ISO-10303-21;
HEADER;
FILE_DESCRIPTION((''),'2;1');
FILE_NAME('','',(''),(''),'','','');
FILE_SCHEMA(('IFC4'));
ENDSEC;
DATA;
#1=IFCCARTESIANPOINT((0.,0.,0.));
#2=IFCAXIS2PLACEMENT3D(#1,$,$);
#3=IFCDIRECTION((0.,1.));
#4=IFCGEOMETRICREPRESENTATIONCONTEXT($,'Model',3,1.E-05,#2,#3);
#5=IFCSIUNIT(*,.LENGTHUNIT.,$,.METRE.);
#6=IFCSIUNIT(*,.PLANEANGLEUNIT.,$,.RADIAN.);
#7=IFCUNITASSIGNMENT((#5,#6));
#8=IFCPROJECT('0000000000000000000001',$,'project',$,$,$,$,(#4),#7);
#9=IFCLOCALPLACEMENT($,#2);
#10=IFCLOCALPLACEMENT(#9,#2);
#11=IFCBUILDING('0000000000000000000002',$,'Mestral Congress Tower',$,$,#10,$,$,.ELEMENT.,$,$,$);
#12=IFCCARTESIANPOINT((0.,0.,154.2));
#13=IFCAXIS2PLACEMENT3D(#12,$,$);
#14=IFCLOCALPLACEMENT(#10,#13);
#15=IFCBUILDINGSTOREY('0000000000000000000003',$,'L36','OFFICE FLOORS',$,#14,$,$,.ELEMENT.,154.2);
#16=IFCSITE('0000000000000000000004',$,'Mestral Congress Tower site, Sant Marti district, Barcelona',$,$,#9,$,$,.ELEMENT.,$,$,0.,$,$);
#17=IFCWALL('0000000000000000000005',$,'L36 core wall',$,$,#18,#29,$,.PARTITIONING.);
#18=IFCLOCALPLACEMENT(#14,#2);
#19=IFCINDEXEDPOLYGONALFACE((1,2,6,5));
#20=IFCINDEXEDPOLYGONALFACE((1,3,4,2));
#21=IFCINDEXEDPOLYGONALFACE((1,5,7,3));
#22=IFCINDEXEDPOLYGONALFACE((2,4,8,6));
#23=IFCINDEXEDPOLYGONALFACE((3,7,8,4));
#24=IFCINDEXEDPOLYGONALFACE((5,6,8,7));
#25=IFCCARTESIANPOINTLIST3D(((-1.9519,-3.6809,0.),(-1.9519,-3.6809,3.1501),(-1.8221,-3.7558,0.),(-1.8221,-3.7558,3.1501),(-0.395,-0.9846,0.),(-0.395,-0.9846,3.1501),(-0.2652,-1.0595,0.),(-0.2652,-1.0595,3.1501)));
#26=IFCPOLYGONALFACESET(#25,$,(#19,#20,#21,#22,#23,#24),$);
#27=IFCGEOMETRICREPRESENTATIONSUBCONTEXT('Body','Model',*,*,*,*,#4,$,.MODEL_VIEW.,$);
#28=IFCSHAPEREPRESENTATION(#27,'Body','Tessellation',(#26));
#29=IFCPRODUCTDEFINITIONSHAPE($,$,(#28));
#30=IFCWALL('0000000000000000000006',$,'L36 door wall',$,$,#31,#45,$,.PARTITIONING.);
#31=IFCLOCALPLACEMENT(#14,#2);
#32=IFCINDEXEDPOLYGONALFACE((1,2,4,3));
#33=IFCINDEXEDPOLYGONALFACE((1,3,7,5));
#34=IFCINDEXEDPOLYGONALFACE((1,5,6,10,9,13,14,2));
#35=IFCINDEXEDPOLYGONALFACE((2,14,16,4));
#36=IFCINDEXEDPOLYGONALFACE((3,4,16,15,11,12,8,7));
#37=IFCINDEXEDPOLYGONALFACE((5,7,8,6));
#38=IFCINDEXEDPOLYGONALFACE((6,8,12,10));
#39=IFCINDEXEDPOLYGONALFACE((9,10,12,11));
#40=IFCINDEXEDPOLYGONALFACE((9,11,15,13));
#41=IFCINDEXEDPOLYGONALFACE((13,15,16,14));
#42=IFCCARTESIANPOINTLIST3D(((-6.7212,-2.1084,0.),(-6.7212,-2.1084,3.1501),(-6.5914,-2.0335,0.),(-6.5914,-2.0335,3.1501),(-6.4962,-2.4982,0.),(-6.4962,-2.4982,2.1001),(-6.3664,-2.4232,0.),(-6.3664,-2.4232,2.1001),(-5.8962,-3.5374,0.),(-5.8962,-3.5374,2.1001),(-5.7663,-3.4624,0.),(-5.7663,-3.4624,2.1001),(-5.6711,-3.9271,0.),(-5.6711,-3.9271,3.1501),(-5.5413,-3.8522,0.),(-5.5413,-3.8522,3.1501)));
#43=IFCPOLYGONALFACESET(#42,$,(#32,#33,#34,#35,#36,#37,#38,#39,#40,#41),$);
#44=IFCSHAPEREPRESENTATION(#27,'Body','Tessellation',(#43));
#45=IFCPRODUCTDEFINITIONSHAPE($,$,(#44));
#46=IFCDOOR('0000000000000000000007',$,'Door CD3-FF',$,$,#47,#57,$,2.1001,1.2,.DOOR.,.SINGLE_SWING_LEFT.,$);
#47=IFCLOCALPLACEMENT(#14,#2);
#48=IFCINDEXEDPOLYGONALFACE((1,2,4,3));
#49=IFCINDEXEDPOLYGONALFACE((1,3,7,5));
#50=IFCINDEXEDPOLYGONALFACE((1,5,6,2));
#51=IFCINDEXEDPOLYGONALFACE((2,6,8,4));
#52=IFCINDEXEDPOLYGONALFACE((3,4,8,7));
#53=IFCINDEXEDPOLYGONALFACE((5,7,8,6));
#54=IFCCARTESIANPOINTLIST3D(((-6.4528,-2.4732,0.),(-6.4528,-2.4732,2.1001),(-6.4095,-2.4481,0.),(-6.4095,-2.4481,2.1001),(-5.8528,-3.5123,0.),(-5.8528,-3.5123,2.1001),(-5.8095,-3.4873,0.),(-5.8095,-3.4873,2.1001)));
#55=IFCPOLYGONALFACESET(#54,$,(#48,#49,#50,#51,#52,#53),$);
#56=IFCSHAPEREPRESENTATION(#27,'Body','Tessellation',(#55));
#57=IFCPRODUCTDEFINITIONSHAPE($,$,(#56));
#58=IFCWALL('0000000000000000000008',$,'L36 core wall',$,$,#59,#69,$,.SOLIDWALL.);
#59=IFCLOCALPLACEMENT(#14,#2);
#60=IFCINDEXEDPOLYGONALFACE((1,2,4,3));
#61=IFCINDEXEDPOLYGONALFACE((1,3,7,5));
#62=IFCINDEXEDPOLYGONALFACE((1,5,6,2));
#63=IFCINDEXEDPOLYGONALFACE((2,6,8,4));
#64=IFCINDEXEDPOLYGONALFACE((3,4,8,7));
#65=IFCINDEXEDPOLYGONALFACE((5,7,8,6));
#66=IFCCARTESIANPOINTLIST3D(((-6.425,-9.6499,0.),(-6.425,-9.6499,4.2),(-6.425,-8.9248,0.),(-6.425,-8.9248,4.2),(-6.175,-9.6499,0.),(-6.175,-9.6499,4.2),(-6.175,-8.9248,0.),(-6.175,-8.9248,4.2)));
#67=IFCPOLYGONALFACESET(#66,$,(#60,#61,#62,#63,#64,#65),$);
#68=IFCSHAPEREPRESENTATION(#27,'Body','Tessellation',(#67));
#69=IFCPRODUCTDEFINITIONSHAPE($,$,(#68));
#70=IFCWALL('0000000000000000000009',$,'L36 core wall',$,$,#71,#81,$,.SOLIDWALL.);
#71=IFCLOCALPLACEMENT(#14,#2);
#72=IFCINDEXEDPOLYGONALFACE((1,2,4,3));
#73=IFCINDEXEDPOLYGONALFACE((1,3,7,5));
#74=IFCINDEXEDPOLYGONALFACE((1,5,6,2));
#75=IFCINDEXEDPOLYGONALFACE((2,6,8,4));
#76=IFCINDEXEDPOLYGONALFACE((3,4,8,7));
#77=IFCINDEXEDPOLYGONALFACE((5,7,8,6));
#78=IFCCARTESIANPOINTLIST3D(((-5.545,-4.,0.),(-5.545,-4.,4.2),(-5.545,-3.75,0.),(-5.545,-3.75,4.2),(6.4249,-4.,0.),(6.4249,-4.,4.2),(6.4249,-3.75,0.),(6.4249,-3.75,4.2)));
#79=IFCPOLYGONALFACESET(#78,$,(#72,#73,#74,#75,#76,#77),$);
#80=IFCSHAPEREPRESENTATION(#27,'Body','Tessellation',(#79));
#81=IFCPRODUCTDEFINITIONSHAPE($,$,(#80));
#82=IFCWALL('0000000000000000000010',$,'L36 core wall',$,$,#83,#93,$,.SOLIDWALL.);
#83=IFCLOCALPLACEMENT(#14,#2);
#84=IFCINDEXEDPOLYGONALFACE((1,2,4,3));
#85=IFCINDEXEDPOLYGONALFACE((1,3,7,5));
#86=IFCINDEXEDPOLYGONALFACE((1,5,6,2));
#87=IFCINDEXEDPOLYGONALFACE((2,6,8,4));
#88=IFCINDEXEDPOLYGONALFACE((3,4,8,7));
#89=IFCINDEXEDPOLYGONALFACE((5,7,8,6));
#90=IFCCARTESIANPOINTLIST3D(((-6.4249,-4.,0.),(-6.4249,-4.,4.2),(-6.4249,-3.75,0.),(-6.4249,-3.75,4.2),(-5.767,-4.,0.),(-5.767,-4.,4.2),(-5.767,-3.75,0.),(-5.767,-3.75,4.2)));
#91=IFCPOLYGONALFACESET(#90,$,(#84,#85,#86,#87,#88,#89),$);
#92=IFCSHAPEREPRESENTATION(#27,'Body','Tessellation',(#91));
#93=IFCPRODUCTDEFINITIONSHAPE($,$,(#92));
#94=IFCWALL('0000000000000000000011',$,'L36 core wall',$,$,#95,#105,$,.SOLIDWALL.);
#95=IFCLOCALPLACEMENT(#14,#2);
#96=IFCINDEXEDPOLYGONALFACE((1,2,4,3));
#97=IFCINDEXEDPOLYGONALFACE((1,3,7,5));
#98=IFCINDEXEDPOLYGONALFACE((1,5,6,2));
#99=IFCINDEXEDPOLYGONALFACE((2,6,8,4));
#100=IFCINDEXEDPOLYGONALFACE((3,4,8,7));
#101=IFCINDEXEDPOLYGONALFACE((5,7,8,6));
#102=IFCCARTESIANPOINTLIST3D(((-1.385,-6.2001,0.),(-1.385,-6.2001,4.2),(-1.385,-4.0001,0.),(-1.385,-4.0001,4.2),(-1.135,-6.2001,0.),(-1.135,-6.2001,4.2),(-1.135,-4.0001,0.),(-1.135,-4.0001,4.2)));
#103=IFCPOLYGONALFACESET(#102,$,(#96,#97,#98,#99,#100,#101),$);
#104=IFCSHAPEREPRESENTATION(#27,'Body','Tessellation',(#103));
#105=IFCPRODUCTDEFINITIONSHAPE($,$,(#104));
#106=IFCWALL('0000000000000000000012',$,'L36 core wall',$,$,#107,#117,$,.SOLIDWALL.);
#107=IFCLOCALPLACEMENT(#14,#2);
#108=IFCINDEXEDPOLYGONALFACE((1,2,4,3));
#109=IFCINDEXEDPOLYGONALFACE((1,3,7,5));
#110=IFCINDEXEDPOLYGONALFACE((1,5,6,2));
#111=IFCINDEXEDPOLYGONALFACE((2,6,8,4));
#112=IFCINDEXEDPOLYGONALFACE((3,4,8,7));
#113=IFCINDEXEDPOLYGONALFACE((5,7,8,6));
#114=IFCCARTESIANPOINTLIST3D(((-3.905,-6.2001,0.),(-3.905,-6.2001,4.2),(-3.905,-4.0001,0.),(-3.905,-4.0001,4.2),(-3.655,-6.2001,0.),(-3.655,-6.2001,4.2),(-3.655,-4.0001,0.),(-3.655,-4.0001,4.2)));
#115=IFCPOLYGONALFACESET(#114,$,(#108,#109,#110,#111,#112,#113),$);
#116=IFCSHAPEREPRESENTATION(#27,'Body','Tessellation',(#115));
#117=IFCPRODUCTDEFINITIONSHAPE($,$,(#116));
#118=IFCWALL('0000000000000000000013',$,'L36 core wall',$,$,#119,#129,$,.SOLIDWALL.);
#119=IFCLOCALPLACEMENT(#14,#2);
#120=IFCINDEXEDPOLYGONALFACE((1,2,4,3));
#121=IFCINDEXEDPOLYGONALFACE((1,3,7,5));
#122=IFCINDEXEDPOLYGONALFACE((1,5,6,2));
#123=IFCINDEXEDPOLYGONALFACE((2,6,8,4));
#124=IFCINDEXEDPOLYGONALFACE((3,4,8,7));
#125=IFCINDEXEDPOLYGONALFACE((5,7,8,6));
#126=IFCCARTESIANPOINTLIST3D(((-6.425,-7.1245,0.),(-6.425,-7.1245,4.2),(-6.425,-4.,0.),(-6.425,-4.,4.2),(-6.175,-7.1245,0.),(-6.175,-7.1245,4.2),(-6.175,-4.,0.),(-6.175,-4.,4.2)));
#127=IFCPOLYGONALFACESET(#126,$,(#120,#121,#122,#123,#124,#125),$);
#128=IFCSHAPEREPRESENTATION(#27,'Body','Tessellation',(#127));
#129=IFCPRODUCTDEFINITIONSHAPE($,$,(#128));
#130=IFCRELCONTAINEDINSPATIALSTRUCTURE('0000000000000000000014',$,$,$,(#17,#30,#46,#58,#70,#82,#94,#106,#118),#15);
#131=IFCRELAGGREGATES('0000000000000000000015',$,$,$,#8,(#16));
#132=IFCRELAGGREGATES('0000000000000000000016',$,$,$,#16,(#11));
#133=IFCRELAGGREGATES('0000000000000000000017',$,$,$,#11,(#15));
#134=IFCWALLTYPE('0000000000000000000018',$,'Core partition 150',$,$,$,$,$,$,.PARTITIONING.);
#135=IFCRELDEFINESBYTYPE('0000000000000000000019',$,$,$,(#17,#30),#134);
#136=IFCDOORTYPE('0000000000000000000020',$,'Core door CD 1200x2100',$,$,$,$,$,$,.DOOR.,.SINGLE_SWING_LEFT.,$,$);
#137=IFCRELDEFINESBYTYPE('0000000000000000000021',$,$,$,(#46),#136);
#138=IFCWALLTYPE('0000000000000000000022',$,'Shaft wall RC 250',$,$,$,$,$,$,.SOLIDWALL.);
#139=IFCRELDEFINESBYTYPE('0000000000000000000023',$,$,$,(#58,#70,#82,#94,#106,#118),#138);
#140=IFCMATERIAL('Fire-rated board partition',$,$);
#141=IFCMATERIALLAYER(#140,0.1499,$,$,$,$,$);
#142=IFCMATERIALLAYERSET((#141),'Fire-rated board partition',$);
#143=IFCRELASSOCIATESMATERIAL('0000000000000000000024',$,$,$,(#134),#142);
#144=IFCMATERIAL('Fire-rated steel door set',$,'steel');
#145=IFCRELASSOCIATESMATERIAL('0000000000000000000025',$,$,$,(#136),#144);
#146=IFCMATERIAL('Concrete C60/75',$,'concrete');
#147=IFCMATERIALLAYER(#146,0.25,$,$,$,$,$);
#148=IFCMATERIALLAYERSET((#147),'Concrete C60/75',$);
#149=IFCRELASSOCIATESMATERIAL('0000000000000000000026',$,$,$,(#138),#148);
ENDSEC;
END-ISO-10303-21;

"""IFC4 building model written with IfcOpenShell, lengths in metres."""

from ifc_helpers import new_model, si_unit, direction, frame, frame_2d, origin, place, context, subcontext, project, spatial, rectangle, extrude, material, layer, layer_set, type_object, element, fill, save


model = new_model("IFC4")

# Units and contexts
model_context = context("Model", 3, precision=1e-05, world=origin(), true_north=direction((0.0, 1.0)))
body_context = subcontext(model_context, "Body", "Model", "MODEL_VIEW")
ifc_project = project(units=[si_unit("LENGTHUNIT", "METRE"), si_unit("PLANEANGLEUNIT", "RADIAN")], contexts=[model_context])

# Site, building, storey
site_placement = place(None, origin())
site = spatial("IfcSite", under=ifc_project, at=site_placement, Name="Mestral Congress Tower site, Sant Marti district, Barcelona", CompositionType="ELEMENT", RefElevation=0.0)
building_placement = place(site_placement, origin())
building = spatial("IfcBuilding", under=site, at=building_placement, Name="Mestral Congress Tower", CompositionType="ELEMENT")
storey_placement = place(building_placement, frame((0.0, 0.0, 154.2)))
storey = spatial("IfcBuildingStorey", under=building, at=storey_placement, Name="L36", Description="OFFICE FLOORS", CompositionType="ELEMENT", Elevation=154.2)

# Wall
ifc_material_1 = material(Name="Fire-rated board partition")
ifc_layer_1 = layer(ifc_material_1, 0.1499)
ifc_layer_set_1 = layer_set([ifc_layer_1], Name="Fire-rated board partition")
wall_type_1 = type_object("IfcWallType", Name="Core partition 150", PredefinedType="PARTITIONING", material=ifc_layer_set_1)
wall_1_placement = place(storey_placement, frame((-1.887, -3.7183, 0.0), z_axis=(0.0, 0.0, 1.0), x_axis=(0.500044, 0.866, 0.0)))
element("IfcWall", 1, at=wall_1_placement, inside=storey, type_object=wall_type_1, Name="L36 core wall", PredefinedType="PARTITIONING", context=body_context, shape_type="SweptSolid", body=[
    extrude(rectangle(XDim=3.1135, YDim=0.1499, at=frame_2d((1.5566, 0.0))), origin(), (0.0, 0.0, 1.0), 3.1501),
])

# Wall, opening, door
wall_2_placement = place(storey_placement, frame((-5.6062, -3.8896, 0.0), z_axis=(0.0, 0.0, 1.0), x_axis=(-0.500028, 0.866009, 0.0)))
wall_2 = element("IfcWall", 2, at=wall_2_placement, inside=storey, type_object=wall_type_1, Name="L36 door wall", PredefinedType="PARTITIONING", context=body_context, shape_type="SweptSolid", body=[
    extrude(rectangle(XDim=2.1001, YDim=0.1499, at=frame_2d((1.05, 0.0))), origin(), (0.0, 0.0, 1.0), 3.1501),
])
opening_1_placement = place(wall_2_placement, frame((0.45, 0.0, 0.0)))
opening_1 = element("IfcOpeningElement", 3, at=opening_1_placement, cuts=wall_2, PredefinedType="OPENING", context=body_context, shape_type="SweptSolid", body=[
    extrude(rectangle(XDim=1.2, YDim=2.1001, at=frame_2d((0.6001, 1.05))), frame((0.0, 0.085, 0.0), z_axis=(0.0, -1.0, 0.0), x_axis=(1.0, 0.0, 0.0)), (0.0, 0.0, 1.0), 0.1699),
])
ifc_material_2 = material(Name="Fire-rated steel door set", Category="steel")
door_type_1 = type_object("IfcDoorType", Name="Core door CD 1200x2100", OperationType="SINGLE_SWING_LEFT", PredefinedType="DOOR", material=ifc_material_2)
door_1_placement = place(opening_1_placement, origin())
door_1 = element("IfcDoor", 4, at=door_1_placement, inside=storey, type_object=door_type_1, Name="Door CD3-FF", OperationType="SINGLE_SWING_LEFT", OverallHeight=2.1001, OverallWidth=1.2, PredefinedType="DOOR", context=body_context, shape_type="SweptSolid", body=[
    extrude(rectangle(XDim=1.2, YDim=2.1001, at=frame_2d((0.6001, 1.05))), frame((0.0, 0.0249, 0.0), z_axis=(0.0, -1.0, 0.0), x_axis=(1.0, 0.0, 0.0)), (0.0, 0.0, 1.0), 0.05),
])
fill(opening_1, door_1)

# Walls
ifc_material_3 = material(Name="Concrete C60/75", Category="concrete")
ifc_layer_2 = layer(ifc_material_3, 0.25)
ifc_layer_set_2 = layer_set([ifc_layer_2], Name="Concrete C60/75")
wall_type_2 = type_object("IfcWallType", Name="Shaft wall RC 250", PredefinedType="SOLIDWALL", material=ifc_layer_set_2)
wall_3_placement = place(storey_placement, frame((-6.3, -8.9248, 0.0), z_axis=(0.0, 0.0, 1.0), x_axis=(0.0, -1.0, 0.0)))
element("IfcWall", 5, at=wall_3_placement, inside=storey, type_object=wall_type_2, Name="L36 core wall", PredefinedType="SOLIDWALL", context=body_context, shape_type="SweptSolid", body=[
    extrude(rectangle(XDim=0.7251, YDim=0.25, at=frame_2d((0.3625, 0.0))), origin(), (0.0, 0.0, 1.0), 4.2),
])
wall_4_placement = place(storey_placement, frame((-5.5449, -3.875, 0.0), z_axis=(0.0, 0.0, 1.0), x_axis=(1.0, 0.0, 0.0)))
element("IfcWall", 6, at=wall_4_placement, inside=storey, type_object=wall_type_2, Name="L36 core wall", PredefinedType="SOLIDWALL", context=body_context, shape_type="SweptSolid", body=[
    extrude(rectangle(XDim=11.97, YDim=0.25, at=frame_2d((5.9849, 0.0))), origin(), (0.0, 0.0, 1.0), 4.2),
])
wall_5_placement = place(storey_placement, frame((-6.425, -3.875, 0.0), z_axis=(0.0, 0.0, 1.0), x_axis=(1.0, 0.0, 0.0)))
element("IfcWall", 7, at=wall_5_placement, inside=storey, type_object=wall_type_2, Name="L36 core wall", PredefinedType="SOLIDWALL", context=body_context, shape_type="SweptSolid", body=[
    extrude(rectangle(XDim=0.658, YDim=0.25, at=frame_2d((0.3291, 0.0))), origin(), (0.0, 0.0, 1.0), 4.2),
])
for number, where, z_axis, x_axis, name in (
    (8, (-1.26, -4.0, 0.0), (0.0, 0.0, 1.0), (0.0, -1.0, 0.0), "L36 core wall"),
    (9, (-3.78, -4.0, 0.0), (0.0, 0.0, 1.0), (0.0, -1.0, 0.0), "L36 core wall"),
):
    element("IfcWall", number, at=place(storey_placement, frame(where, z_axis=z_axis, x_axis=x_axis)), inside=storey, type_object=wall_type_2, Name=name, PredefinedType="SOLIDWALL", context=body_context, shape_type="SweptSolid", body=[
        extrude(rectangle(XDim=2.2, YDim=0.25, at=frame_2d((1.1001, 0.0))), origin(), (0.0, 0.0, 1.0), 4.2),
    ])
wall_6_placement = place(storey_placement, frame((-6.3, -7.1245, 0.0), z_axis=(0.0, 0.0, 1.0), x_axis=(0.0, 1.0, 0.0)))
element("IfcWall", 10, at=wall_6_placement, inside=storey, type_object=wall_type_2, Name="L36 core wall", PredefinedType="SOLIDWALL", context=body_context, shape_type="SweptSolid", body=[
    extrude(rectangle(XDim=3.1245, YDim=0.25, at=frame_2d((1.5623, 0.0))), origin(), (0.0, 0.0, 1.0), 4.2),
])

save(model, "model.ifc")
